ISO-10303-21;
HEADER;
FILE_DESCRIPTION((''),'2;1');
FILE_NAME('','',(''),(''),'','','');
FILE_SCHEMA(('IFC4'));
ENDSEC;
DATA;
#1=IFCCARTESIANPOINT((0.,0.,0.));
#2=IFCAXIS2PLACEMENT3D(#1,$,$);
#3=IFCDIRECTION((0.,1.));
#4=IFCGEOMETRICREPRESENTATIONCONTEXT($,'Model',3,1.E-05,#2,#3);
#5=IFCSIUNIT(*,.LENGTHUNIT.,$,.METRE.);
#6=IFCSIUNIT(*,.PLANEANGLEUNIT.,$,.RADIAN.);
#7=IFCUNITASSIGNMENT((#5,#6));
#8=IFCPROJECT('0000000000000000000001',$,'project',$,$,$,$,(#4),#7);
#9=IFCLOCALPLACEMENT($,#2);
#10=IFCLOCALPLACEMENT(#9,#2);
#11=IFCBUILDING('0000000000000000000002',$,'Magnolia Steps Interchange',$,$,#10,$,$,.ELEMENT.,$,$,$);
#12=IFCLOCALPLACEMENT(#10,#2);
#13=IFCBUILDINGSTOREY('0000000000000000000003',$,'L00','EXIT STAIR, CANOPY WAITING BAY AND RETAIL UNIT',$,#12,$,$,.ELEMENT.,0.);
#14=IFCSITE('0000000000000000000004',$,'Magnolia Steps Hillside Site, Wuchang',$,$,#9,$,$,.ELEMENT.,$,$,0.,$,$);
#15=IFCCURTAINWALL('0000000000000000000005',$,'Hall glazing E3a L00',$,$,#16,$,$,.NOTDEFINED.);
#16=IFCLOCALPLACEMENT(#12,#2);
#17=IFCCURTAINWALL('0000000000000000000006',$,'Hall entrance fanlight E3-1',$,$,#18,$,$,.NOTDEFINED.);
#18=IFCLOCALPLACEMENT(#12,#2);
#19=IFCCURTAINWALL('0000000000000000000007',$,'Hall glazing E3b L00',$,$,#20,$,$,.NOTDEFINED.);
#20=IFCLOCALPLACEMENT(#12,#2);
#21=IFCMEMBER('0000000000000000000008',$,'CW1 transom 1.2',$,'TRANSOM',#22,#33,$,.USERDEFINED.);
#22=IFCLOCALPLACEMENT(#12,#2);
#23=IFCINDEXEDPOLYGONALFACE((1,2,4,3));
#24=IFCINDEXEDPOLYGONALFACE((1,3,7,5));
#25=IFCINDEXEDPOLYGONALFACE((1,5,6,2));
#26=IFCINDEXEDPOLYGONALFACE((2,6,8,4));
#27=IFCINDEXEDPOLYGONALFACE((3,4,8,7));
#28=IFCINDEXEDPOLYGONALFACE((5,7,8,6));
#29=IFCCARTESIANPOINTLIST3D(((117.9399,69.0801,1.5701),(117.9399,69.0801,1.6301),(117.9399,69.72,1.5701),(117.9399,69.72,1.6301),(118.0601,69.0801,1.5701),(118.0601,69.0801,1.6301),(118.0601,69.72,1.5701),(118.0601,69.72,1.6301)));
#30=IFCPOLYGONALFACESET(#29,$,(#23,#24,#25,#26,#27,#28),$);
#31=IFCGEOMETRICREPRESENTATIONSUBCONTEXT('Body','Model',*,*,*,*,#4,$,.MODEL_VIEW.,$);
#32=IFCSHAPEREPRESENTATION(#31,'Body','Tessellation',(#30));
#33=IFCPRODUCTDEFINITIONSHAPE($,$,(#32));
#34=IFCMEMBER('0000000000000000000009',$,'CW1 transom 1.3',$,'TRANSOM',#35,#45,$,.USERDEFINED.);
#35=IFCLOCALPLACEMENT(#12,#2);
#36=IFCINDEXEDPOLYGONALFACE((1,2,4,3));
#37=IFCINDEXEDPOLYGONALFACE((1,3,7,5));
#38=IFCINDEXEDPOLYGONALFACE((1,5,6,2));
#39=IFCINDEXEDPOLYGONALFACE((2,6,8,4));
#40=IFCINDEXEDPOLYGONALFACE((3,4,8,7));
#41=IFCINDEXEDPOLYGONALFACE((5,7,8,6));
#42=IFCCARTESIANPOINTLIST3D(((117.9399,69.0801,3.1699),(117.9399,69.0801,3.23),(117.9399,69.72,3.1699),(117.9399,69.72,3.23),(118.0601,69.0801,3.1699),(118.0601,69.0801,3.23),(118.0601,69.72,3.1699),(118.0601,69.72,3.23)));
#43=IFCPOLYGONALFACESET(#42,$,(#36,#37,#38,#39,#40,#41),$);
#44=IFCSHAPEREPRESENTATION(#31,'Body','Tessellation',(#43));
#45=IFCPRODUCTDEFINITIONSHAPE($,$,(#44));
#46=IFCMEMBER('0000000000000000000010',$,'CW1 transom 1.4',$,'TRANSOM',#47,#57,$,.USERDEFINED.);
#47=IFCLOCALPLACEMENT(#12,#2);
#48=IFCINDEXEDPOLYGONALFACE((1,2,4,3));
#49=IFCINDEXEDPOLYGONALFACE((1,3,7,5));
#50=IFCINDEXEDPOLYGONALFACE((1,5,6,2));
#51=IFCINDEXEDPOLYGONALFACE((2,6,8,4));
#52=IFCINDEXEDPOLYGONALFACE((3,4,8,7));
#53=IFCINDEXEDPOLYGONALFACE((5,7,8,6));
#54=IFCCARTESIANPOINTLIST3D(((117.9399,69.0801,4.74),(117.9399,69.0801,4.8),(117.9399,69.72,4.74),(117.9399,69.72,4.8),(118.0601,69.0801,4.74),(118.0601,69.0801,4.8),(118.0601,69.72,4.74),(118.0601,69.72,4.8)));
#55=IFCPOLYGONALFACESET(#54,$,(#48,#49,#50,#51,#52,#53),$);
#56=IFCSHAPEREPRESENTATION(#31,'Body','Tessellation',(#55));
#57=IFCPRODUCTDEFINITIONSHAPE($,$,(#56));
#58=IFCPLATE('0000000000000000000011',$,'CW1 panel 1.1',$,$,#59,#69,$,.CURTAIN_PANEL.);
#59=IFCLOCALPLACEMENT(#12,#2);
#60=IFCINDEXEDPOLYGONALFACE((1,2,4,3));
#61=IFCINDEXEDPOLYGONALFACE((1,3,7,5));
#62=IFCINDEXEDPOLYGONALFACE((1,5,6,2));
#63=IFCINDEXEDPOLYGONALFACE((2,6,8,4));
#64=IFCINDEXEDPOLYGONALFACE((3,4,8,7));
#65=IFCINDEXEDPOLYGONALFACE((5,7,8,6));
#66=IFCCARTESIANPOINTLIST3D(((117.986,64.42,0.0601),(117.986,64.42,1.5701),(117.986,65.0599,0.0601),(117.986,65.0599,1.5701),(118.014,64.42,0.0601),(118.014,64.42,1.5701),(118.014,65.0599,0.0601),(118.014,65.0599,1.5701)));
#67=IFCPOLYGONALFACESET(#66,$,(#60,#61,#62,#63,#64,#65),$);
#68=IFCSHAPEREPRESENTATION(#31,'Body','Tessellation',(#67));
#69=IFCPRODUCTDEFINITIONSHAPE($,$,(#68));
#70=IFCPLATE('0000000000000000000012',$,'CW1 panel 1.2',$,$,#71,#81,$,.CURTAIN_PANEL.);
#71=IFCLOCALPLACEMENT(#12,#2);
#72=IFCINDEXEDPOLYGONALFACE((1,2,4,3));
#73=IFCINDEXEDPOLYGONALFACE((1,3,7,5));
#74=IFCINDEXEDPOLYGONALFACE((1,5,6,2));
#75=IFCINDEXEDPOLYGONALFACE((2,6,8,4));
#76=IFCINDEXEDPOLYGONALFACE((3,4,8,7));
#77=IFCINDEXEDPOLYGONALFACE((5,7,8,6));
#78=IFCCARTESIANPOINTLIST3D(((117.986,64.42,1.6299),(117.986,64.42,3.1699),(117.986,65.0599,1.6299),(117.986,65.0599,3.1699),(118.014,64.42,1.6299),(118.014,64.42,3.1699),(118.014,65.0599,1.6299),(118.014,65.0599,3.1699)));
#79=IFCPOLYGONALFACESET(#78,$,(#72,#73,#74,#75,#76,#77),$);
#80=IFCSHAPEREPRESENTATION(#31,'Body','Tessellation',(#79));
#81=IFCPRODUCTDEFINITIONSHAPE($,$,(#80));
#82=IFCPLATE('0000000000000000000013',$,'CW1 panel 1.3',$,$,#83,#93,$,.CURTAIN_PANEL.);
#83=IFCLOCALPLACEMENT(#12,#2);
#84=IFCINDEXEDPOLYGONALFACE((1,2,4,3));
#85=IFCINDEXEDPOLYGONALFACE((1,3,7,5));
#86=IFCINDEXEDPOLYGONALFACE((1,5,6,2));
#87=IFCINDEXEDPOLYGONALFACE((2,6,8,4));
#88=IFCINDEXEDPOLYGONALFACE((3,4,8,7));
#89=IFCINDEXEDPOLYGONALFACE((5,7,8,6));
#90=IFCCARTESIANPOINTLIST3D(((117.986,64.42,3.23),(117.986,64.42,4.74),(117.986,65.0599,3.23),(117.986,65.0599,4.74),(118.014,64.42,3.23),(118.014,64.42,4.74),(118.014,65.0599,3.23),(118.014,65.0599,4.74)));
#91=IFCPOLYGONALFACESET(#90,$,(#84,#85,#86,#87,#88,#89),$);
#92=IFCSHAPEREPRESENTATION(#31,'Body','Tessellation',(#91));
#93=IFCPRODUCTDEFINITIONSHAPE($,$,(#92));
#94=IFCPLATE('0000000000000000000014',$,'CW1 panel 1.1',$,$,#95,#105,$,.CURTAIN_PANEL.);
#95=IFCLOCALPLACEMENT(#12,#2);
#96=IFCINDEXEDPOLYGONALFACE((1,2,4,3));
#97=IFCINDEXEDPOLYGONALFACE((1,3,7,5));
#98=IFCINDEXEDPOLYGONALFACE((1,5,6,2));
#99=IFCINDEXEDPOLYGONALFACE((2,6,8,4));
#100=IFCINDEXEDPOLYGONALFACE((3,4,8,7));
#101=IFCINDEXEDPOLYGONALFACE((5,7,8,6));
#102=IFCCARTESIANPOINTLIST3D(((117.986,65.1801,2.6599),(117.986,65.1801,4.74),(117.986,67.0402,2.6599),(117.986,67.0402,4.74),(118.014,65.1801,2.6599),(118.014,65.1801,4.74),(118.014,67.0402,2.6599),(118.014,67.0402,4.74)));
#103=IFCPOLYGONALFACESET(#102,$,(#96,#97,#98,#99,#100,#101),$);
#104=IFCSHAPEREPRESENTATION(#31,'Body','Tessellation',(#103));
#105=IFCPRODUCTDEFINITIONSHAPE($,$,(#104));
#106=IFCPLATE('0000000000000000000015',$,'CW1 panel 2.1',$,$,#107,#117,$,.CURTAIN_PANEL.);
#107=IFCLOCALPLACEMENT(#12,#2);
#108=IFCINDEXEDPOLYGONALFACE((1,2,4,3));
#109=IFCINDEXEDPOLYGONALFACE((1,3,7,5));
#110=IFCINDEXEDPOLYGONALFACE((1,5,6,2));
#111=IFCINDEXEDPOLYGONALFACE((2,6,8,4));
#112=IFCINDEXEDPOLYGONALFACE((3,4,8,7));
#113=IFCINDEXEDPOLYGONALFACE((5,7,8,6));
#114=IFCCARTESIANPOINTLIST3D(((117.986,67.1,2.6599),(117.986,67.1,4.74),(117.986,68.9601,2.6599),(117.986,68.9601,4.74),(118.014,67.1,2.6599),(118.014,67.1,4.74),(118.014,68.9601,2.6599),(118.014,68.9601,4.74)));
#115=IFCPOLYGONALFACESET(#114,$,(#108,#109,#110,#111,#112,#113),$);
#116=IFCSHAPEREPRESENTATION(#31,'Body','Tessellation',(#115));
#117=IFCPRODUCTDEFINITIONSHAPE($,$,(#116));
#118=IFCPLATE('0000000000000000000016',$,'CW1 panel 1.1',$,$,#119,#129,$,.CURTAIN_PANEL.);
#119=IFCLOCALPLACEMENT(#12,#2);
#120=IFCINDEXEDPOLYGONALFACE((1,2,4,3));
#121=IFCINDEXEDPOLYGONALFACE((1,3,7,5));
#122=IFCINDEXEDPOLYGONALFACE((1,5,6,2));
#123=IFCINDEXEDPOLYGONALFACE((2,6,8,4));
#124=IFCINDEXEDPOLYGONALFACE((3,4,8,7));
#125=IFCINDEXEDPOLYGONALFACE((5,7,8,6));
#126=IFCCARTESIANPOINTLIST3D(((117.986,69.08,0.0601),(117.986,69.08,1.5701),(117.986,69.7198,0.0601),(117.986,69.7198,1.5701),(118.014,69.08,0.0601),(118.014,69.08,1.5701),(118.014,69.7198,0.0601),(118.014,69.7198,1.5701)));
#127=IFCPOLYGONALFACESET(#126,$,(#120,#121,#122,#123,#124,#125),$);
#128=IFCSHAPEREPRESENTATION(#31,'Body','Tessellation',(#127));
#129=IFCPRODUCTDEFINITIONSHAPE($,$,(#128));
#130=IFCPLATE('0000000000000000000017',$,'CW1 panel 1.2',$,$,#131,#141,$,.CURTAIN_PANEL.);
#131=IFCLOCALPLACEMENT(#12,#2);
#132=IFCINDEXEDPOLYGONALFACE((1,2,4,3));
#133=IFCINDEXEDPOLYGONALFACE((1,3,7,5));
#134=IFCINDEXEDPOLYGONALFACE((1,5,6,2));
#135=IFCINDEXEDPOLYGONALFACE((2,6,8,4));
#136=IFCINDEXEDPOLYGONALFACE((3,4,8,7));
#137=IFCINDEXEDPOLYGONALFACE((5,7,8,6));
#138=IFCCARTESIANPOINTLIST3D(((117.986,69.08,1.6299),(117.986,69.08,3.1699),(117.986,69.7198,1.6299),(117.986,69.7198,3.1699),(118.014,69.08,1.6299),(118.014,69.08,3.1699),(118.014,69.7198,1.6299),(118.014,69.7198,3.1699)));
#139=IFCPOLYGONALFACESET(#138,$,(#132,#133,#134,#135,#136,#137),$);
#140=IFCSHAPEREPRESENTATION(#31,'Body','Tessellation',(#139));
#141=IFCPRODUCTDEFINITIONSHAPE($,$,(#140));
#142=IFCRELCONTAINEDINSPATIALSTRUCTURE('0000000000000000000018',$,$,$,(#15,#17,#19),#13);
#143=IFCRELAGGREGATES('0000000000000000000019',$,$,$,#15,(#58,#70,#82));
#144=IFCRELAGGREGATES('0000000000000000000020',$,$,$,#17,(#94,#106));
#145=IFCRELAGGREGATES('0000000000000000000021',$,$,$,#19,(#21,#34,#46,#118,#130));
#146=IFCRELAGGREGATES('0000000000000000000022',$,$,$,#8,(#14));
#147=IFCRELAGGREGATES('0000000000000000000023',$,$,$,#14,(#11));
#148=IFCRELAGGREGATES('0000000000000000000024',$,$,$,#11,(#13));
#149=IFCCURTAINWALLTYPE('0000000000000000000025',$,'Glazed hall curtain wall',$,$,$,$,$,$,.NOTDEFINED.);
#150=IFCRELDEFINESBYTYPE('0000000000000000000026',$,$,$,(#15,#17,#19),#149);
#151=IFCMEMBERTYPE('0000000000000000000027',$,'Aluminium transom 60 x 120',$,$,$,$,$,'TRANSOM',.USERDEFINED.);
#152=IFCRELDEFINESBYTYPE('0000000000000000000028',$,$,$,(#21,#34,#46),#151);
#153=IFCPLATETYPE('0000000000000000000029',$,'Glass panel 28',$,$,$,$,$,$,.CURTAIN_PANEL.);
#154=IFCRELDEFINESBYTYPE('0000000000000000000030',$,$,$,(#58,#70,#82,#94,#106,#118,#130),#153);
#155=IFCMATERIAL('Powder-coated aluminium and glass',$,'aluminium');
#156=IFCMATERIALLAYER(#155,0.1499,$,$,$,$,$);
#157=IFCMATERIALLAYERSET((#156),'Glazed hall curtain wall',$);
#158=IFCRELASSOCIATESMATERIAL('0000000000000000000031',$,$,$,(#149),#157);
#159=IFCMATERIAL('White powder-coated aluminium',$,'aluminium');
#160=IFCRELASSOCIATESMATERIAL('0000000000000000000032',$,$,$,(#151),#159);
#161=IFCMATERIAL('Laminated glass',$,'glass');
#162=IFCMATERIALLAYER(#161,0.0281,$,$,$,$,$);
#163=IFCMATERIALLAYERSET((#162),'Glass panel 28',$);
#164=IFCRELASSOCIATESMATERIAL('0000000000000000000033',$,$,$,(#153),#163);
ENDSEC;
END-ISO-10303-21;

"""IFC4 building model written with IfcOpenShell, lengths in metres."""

from ifc_helpers import new_model, si_unit, direction, frame, origin, origin_2d, place, context, subcontext, project, spatial, rectangle, extrude, material, layer, layer_set, material_profile, profile_set, type_object, element, aggregate, save


model = new_model("IFC4")

# Units and contexts
model_context = context("Model", 3, precision=1e-05, world=origin(), true_north=direction((0.0, 1.0)))
body_context = subcontext(model_context, "Body", "Model", "MODEL_VIEW")
ifc_project = project(units=[si_unit("LENGTHUNIT", "METRE"), si_unit("PLANEANGLEUNIT", "RADIAN")], contexts=[model_context])

# Site, building, storey
site_placement = place(None, origin())
site = spatial("IfcSite", under=ifc_project, at=site_placement, Name="Magnolia Steps Hillside Site, Wuchang", CompositionType="ELEMENT", RefElevation=0.0)
building_placement = place(site_placement, origin())
building = spatial("IfcBuilding", under=site, at=building_placement, Name="Magnolia Steps Interchange", CompositionType="ELEMENT")
storey_placement = place(building_placement, origin())
storey = spatial("IfcBuildingStorey", under=building, at=storey_placement, Name="L00", Description="EXIT STAIR, CANOPY WAITING BAY AND RETAIL UNIT", CompositionType="ELEMENT", Elevation=0.0)

# Curtain walls
ifc_material_1 = material(Name="Powder-coated aluminium and glass", Category="aluminium")
ifc_layer_1 = layer(ifc_material_1, 0.1499)
ifc_layer_set_1 = layer_set([ifc_layer_1], Name="Glazed hall curtain wall")
curtain_wall_type = type_object("IfcCurtainWallType", Name="Glazed hall curtain wall", PredefinedType="NOTDEFINED", material=ifc_layer_set_1)
curtain_wall_1_placement = place(storey_placement, origin())
curtain_wall_1 = element("IfcCurtainWall", 1, at=curtain_wall_1_placement, inside=storey, type_object=curtain_wall_type, Name="Hall glazing E3a L00", PredefinedType="NOTDEFINED")
curtain_wall_2_placement = place(storey_placement, origin())
curtain_wall_2 = element("IfcCurtainWall", 2, at=curtain_wall_2_placement, inside=storey, type_object=curtain_wall_type, Name="Hall entrance fanlight E3-1", PredefinedType="NOTDEFINED")

# Curtain wall
curtain_wall_3_placement = place(storey_placement, origin())
curtain_wall_3 = element("IfcCurtainWall", 3, at=curtain_wall_3_placement, inside=storey, type_object=curtain_wall_type, Name="Hall glazing E3b L00", PredefinedType="NOTDEFINED")

# Members
ifc_material_2 = material(Name="White powder-coated aluminium", Category="aluminium")
ifc_material_profile_1 = material_profile(ifc_material_2, rectangle(XDim=0.0601, YDim=0.1201, at=origin_2d()), Name="Aluminium transom 60 x 120")
ifc_profile_set_1 = profile_set([ifc_material_profile_1], Name="White powder-coated aluminium")
member_type_1 = type_object("IfcMemberType", Name="Aluminium transom 60 x 120", ElementType="TRANSOM", PredefinedType="USERDEFINED", material=ifc_profile_set_1)
member_1_placement = place(storey_placement, frame((118.0, 69.0801, 1.6001), z_axis=(0.0, 1.0, 0.0), x_axis=(0.0, 0.0, 1.0)))
member_1 = element("IfcMember", 4, at=member_1_placement, type_object=member_type_1, Name="CW1 transom 1.2", ObjectType="TRANSOM", PredefinedType="USERDEFINED", context=body_context, shape_type="SweptSolid", body=[
    extrude(rectangle(XDim=0.0601, YDim=0.1201, at=origin_2d()), origin(), (0.0, 0.0, 1.0), 0.6399),
])
member_2_placement = place(storey_placement, frame((118.0, 69.0801, 3.2), z_axis=(0.0, 1.0, 0.0), x_axis=(0.0, 0.0, 1.0)))
member_2 = element("IfcMember", 5, at=member_2_placement, type_object=member_type_1, Name="CW1 transom 1.3", ObjectType="TRANSOM", PredefinedType="USERDEFINED", context=body_context, shape_type="SweptSolid", body=[
    extrude(rectangle(XDim=0.0601, YDim=0.1201, at=origin_2d()), origin(), (0.0, 0.0, 1.0), 0.6399),
])
member_3_placement = place(storey_placement, frame((118.0, 69.0801, 4.77), z_axis=(0.0, 1.0, 0.0), x_axis=(0.0, 0.0, 1.0)))
member_3 = element("IfcMember", 6, at=member_3_placement, type_object=member_type_1, Name="CW1 transom 1.4", ObjectType="TRANSOM", PredefinedType="USERDEFINED", context=body_context, shape_type="SweptSolid", body=[
    extrude(rectangle(XDim=0.0601, YDim=0.1201, at=origin_2d()), origin(), (0.0, 0.0, 1.0), 0.6399),
])

# Plates
ifc_material_3 = material(Name="Laminated glass", Category="glass")
ifc_layer_2 = layer(ifc_material_3, 0.0281)
ifc_layer_set_2 = layer_set([ifc_layer_2], Name="Glass panel 28")
plate_type = type_object("IfcPlateType", Name="Glass panel 28", PredefinedType="CURTAIN_PANEL", material=ifc_layer_set_2)
plate_1_placement = place(storey_placement, frame((118.0, 64.74, 0.0601), z_axis=(0.0, 0.0, 1.0), x_axis=(0.0, 1.0, 0.0)))
plate_1 = element("IfcPlate", 7, at=plate_1_placement, type_object=plate_type, Name="CW1 panel 1.1", PredefinedType="CURTAIN_PANEL", context=body_context, shape_type="SweptSolid", body=[
    extrude(rectangle(XDim=0.6399, YDim=0.0281, at=origin_2d()), origin(), (0.0, 0.0, 1.0), 1.51),
])
plate_2_placement = place(storey_placement, frame((118.0, 64.74, 1.6299), z_axis=(0.0, 0.0, 1.0), x_axis=(0.0, 1.0, 0.0)))
plate_2 = element("IfcPlate", 8, at=plate_2_placement, type_object=plate_type, Name="CW1 panel 1.2", PredefinedType="CURTAIN_PANEL", context=body_context, shape_type="SweptSolid", body=[
    extrude(rectangle(XDim=0.6399, YDim=0.0281, at=origin_2d()), origin(), (0.0, 0.0, 1.0), 1.54),
])
plate_3_placement = place(storey_placement, frame((118.0, 64.74, 3.23), z_axis=(0.0, 0.0, 1.0), x_axis=(0.0, 1.0, 0.0)))
plate_3 = element("IfcPlate", 9, at=plate_3_placement, type_object=plate_type, Name="CW1 panel 1.3", PredefinedType="CURTAIN_PANEL", context=body_context, shape_type="SweptSolid", body=[
    extrude(rectangle(XDim=0.6399, YDim=0.0281, at=origin_2d()), origin(), (0.0, 0.0, 1.0), 1.51),
])
aggregate(curtain_wall_1, [plate_1, plate_2, plate_3])
plate_4_placement = place(storey_placement, frame((118.0, 66.1101, 2.6599), z_axis=(0.0, 0.0, 1.0), x_axis=(0.0, 1.0, 0.0)))
plate_4 = element("IfcPlate", 10, at=plate_4_placement, type_object=plate_type, Name="CW1 panel 1.1", PredefinedType="CURTAIN_PANEL", context=body_context, shape_type="SweptSolid", body=[
    extrude(rectangle(XDim=1.8601, YDim=0.0281, at=origin_2d()), origin(), (0.0, 0.0, 1.0), 2.0801),
])
plate_5_placement = place(storey_placement, frame((118.0, 68.03, 2.6599), z_axis=(0.0, 0.0, 1.0), x_axis=(0.0, 1.0, 0.0)))
plate_5 = element("IfcPlate", 11, at=plate_5_placement, type_object=plate_type, Name="CW1 panel 2.1", PredefinedType="CURTAIN_PANEL", context=body_context, shape_type="SweptSolid", body=[
    extrude(rectangle(XDim=1.8601, YDim=0.0281, at=origin_2d()), origin(), (0.0, 0.0, 1.0), 2.0801),
])
aggregate(curtain_wall_2, [plate_4, plate_5])
plate_6_placement = place(storey_placement, frame((118.0, 69.3999, 0.0601), z_axis=(0.0, 0.0, 1.0), x_axis=(0.0, 1.0, 0.0)))
plate_6 = element("IfcPlate", 12, at=plate_6_placement, type_object=plate_type, Name="CW1 panel 1.1", PredefinedType="CURTAIN_PANEL", context=body_context, shape_type="SweptSolid", body=[
    extrude(rectangle(XDim=0.6399, YDim=0.0281, at=origin_2d()), origin(), (0.0, 0.0, 1.0), 1.51),
])
plate_7_placement = place(storey_placement, frame((118.0, 69.3999, 1.6299), z_axis=(0.0, 0.0, 1.0), x_axis=(0.0, 1.0, 0.0)))
plate_7 = element("IfcPlate", 13, at=plate_7_placement, type_object=plate_type, Name="CW1 panel 1.2", PredefinedType="CURTAIN_PANEL", context=body_context, shape_type="SweptSolid", body=[
    extrude(rectangle(XDim=0.6399, YDim=0.0281, at=origin_2d()), origin(), (0.0, 0.0, 1.0), 1.54),
])
aggregate(curtain_wall_3, [member_1, member_2, member_3, plate_6, plate_7])

save(model, "model.ifc")
